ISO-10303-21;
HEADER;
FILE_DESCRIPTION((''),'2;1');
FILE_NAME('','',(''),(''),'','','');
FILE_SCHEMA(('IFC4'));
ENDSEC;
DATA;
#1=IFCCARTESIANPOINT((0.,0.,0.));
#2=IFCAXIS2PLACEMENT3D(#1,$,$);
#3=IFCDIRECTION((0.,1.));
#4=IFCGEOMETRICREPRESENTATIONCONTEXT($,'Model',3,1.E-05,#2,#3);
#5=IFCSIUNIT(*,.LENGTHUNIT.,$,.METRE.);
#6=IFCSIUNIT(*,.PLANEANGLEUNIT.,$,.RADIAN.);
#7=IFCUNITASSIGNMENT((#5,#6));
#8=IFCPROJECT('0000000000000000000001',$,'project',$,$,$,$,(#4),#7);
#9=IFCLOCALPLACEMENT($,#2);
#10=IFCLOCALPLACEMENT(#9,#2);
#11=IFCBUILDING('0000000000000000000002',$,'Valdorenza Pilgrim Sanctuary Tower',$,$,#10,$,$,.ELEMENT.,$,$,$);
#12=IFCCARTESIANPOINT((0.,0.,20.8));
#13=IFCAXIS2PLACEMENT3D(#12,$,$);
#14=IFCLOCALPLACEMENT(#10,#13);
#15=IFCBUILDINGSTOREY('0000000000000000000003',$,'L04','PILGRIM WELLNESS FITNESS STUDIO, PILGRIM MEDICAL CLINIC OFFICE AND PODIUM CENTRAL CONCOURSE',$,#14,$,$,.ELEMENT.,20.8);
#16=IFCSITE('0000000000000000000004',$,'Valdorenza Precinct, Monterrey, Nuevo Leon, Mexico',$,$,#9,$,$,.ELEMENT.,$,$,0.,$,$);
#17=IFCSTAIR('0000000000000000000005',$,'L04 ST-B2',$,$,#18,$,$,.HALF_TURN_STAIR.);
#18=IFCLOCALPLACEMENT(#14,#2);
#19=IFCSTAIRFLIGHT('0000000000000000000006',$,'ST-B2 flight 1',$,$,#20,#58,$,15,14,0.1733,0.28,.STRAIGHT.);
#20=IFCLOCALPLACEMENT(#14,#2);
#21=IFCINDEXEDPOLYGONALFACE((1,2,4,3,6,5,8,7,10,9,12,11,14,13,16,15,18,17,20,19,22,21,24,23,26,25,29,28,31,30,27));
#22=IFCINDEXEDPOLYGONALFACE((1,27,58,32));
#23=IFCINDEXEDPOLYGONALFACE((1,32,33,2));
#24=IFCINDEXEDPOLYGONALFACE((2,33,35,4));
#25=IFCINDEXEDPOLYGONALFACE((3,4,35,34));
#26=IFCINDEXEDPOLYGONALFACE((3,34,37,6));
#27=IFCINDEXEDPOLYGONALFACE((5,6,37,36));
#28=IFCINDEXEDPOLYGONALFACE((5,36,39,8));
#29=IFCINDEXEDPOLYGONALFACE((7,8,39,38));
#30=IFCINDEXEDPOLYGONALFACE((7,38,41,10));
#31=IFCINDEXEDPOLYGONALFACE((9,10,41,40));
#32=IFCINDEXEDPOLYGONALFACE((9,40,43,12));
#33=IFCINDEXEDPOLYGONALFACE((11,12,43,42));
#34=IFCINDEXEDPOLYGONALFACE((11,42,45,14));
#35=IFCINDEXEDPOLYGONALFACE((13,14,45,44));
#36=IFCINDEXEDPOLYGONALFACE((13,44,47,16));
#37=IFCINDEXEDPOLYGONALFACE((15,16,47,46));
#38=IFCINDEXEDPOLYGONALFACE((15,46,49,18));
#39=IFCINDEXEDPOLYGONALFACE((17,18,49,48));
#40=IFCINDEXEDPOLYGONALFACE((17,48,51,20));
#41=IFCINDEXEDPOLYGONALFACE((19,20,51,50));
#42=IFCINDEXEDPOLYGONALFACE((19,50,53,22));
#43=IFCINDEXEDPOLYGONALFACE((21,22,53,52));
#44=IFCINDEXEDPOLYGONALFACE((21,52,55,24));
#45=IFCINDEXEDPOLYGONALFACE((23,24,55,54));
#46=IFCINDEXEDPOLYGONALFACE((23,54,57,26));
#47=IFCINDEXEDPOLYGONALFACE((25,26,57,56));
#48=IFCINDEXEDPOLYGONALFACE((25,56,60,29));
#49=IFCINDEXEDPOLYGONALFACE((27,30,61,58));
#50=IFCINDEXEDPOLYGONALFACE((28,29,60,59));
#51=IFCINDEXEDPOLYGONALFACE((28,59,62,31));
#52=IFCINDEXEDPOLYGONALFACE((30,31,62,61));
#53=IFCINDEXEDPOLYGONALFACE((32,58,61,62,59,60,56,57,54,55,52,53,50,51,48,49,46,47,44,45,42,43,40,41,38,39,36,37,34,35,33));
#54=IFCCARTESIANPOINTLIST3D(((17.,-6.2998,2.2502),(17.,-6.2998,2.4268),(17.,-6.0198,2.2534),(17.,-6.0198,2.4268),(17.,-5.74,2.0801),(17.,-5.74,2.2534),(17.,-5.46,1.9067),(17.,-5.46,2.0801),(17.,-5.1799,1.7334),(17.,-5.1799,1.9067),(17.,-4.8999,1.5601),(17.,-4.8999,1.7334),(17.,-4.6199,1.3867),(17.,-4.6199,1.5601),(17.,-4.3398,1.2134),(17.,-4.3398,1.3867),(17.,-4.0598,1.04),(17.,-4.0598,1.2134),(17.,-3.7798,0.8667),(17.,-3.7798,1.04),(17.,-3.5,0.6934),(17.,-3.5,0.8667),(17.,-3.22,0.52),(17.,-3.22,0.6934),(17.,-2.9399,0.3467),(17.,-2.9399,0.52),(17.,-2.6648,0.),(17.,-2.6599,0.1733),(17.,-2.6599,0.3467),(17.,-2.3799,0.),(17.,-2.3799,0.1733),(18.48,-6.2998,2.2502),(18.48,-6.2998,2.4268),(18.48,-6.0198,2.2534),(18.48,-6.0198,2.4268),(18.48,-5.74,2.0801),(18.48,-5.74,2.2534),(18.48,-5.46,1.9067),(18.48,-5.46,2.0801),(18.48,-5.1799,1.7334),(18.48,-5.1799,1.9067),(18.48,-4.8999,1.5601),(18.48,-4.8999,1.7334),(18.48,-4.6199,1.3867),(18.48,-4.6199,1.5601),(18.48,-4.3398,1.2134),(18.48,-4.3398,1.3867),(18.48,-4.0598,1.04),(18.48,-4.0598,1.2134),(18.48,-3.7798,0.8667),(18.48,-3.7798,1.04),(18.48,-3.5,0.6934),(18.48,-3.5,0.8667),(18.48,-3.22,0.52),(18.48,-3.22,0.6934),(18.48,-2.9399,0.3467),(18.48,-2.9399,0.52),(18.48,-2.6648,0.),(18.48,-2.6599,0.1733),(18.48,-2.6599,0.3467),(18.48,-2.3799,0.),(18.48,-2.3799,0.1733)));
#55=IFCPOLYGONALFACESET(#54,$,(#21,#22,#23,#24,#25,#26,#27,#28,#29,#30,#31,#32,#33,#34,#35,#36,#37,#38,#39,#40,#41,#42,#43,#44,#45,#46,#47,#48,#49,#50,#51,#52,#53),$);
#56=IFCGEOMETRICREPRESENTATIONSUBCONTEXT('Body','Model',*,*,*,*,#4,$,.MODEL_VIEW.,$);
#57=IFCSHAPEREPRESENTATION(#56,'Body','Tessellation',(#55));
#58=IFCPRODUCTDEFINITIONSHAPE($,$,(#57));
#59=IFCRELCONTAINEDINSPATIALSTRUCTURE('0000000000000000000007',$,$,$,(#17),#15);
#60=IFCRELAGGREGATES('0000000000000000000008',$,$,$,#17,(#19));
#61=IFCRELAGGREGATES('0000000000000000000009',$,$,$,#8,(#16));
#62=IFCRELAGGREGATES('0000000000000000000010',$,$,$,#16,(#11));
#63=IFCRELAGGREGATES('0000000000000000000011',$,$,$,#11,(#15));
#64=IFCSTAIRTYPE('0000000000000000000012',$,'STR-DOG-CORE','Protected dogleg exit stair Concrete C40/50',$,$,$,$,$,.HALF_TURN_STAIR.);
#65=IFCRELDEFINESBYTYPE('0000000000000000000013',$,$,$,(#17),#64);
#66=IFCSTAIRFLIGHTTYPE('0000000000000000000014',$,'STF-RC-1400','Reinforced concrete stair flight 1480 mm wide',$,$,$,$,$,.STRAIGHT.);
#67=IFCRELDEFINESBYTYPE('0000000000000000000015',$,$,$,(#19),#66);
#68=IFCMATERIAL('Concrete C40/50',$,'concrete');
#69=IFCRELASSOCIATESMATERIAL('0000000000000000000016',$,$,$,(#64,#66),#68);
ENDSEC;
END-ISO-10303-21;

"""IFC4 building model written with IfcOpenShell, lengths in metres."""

from ifc_helpers import new_model, si_unit, direction, frame, origin, place, context, subcontext, project, spatial, polyline, outline, extrude, material, type_object, element, aggregate, save


model = new_model("IFC4")

# Units and contexts
model_context = context("Model", 3, precision=1e-05, world=origin(), true_north=direction((0.0, 1.0)))
body_context = subcontext(model_context, "Body", "Model", "MODEL_VIEW")
ifc_project = project(units=[si_unit("LENGTHUNIT", "METRE"), si_unit("PLANEANGLEUNIT", "RADIAN")], contexts=[model_context])

# Site, building, storey
site_placement = place(None, origin())
site = spatial("IfcSite", under=ifc_project, at=site_placement, Name="Valdorenza Precinct, Monterrey, Nuevo Leon, Mexico", CompositionType="ELEMENT", RefElevation=0.0)
building_placement = place(site_placement, origin())
building = spatial("IfcBuilding", under=site, at=building_placement, Name="Valdorenza Pilgrim Sanctuary Tower", CompositionType="ELEMENT")
storey_placement = place(building_placement, frame((0.0, 0.0, 20.8)))
storey = spatial("IfcBuildingStorey", under=building, at=storey_placement, Name="L04", Description="PILGRIM WELLNESS FITNESS STUDIO, PILGRIM MEDICAL CLINIC OFFICE AND PODIUM CENTRAL CONCOURSE", CompositionType="ELEMENT", Elevation=20.8)

# Shared definitions
ifc_material_1 = material(Name="Concrete C40/50", Category="concrete")

# Stair, stair flight
stair_type = type_object("IfcStairType", Name="STR-DOG-CORE", Description="Protected dogleg exit stair Concrete C40/50", PredefinedType="HALF_TURN_STAIR", material=ifc_material_1)
stair_placement = place(storey_placement, origin())
stair = element("IfcStair", 1, at=stair_placement, inside=storey, type_object=stair_type, Name="L04 ST-B2", PredefinedType="HALF_TURN_STAIR")
stair_flight_type = type_object("IfcStairFlightType", Name="STF-RC-1400", Description="Reinforced concrete stair flight 1480 mm wide", PredefinedType="STRAIGHT", material=ifc_material_1)
stair_flight_placement = place(storey_placement, frame((17.74, -2.3799, 0.0), z_axis=(0.0, 0.0, 1.0), x_axis=(0.0, -1.0, 0.0)))
stair_flight = element("IfcStairFlight", 2, at=stair_flight_placement, type_object=stair_flight_type, Name="ST-B2 flight 1", NumberOfRisers=15, NumberOfTreads=14, PredefinedType="STRAIGHT", RiserHeight=0.1733, TreadLength=0.28, context=body_context, shape_type="SweptSolid", body=[
    extrude(outline(polyline([(0.0, 0.0), (0.0, 0.1733), (0.28, 0.1733), (0.28, 0.3467), (0.5601, 0.3467), (0.5601, 0.52), (0.8401, 0.52), (0.8401, 0.6934), (1.1201, 0.6934), (1.1201, 0.8667), (1.3999, 0.8667), (1.3999, 1.04), (1.6799, 1.04), (1.6799, 1.2134), (1.96, 1.2134), (1.96, 1.3867), (2.24, 1.3867), (2.24, 1.5601), (2.52, 1.5601), (2.52, 1.7334), (2.8, 1.7334), (2.8, 1.9067), (3.0801, 1.9067), (3.0801, 2.0801), (3.3601, 2.0801), (3.3601, 2.2534), (3.6399, 2.2534), (3.6399, 2.4268), (3.9199, 2.4268), (3.9199, 2.6001), (3.9199, 2.2502), (0.2849, 0.0), (0.0, 0.0)])), frame((0.0, 0.74, 0.0), z_axis=(0.0, -1.0, 0.0), x_axis=(1.0, 0.0, 0.0)), (0.0, 0.0, 1.0), 1.48),
])
aggregate(stair, [stair_flight])

save(model, "model.ifc")
